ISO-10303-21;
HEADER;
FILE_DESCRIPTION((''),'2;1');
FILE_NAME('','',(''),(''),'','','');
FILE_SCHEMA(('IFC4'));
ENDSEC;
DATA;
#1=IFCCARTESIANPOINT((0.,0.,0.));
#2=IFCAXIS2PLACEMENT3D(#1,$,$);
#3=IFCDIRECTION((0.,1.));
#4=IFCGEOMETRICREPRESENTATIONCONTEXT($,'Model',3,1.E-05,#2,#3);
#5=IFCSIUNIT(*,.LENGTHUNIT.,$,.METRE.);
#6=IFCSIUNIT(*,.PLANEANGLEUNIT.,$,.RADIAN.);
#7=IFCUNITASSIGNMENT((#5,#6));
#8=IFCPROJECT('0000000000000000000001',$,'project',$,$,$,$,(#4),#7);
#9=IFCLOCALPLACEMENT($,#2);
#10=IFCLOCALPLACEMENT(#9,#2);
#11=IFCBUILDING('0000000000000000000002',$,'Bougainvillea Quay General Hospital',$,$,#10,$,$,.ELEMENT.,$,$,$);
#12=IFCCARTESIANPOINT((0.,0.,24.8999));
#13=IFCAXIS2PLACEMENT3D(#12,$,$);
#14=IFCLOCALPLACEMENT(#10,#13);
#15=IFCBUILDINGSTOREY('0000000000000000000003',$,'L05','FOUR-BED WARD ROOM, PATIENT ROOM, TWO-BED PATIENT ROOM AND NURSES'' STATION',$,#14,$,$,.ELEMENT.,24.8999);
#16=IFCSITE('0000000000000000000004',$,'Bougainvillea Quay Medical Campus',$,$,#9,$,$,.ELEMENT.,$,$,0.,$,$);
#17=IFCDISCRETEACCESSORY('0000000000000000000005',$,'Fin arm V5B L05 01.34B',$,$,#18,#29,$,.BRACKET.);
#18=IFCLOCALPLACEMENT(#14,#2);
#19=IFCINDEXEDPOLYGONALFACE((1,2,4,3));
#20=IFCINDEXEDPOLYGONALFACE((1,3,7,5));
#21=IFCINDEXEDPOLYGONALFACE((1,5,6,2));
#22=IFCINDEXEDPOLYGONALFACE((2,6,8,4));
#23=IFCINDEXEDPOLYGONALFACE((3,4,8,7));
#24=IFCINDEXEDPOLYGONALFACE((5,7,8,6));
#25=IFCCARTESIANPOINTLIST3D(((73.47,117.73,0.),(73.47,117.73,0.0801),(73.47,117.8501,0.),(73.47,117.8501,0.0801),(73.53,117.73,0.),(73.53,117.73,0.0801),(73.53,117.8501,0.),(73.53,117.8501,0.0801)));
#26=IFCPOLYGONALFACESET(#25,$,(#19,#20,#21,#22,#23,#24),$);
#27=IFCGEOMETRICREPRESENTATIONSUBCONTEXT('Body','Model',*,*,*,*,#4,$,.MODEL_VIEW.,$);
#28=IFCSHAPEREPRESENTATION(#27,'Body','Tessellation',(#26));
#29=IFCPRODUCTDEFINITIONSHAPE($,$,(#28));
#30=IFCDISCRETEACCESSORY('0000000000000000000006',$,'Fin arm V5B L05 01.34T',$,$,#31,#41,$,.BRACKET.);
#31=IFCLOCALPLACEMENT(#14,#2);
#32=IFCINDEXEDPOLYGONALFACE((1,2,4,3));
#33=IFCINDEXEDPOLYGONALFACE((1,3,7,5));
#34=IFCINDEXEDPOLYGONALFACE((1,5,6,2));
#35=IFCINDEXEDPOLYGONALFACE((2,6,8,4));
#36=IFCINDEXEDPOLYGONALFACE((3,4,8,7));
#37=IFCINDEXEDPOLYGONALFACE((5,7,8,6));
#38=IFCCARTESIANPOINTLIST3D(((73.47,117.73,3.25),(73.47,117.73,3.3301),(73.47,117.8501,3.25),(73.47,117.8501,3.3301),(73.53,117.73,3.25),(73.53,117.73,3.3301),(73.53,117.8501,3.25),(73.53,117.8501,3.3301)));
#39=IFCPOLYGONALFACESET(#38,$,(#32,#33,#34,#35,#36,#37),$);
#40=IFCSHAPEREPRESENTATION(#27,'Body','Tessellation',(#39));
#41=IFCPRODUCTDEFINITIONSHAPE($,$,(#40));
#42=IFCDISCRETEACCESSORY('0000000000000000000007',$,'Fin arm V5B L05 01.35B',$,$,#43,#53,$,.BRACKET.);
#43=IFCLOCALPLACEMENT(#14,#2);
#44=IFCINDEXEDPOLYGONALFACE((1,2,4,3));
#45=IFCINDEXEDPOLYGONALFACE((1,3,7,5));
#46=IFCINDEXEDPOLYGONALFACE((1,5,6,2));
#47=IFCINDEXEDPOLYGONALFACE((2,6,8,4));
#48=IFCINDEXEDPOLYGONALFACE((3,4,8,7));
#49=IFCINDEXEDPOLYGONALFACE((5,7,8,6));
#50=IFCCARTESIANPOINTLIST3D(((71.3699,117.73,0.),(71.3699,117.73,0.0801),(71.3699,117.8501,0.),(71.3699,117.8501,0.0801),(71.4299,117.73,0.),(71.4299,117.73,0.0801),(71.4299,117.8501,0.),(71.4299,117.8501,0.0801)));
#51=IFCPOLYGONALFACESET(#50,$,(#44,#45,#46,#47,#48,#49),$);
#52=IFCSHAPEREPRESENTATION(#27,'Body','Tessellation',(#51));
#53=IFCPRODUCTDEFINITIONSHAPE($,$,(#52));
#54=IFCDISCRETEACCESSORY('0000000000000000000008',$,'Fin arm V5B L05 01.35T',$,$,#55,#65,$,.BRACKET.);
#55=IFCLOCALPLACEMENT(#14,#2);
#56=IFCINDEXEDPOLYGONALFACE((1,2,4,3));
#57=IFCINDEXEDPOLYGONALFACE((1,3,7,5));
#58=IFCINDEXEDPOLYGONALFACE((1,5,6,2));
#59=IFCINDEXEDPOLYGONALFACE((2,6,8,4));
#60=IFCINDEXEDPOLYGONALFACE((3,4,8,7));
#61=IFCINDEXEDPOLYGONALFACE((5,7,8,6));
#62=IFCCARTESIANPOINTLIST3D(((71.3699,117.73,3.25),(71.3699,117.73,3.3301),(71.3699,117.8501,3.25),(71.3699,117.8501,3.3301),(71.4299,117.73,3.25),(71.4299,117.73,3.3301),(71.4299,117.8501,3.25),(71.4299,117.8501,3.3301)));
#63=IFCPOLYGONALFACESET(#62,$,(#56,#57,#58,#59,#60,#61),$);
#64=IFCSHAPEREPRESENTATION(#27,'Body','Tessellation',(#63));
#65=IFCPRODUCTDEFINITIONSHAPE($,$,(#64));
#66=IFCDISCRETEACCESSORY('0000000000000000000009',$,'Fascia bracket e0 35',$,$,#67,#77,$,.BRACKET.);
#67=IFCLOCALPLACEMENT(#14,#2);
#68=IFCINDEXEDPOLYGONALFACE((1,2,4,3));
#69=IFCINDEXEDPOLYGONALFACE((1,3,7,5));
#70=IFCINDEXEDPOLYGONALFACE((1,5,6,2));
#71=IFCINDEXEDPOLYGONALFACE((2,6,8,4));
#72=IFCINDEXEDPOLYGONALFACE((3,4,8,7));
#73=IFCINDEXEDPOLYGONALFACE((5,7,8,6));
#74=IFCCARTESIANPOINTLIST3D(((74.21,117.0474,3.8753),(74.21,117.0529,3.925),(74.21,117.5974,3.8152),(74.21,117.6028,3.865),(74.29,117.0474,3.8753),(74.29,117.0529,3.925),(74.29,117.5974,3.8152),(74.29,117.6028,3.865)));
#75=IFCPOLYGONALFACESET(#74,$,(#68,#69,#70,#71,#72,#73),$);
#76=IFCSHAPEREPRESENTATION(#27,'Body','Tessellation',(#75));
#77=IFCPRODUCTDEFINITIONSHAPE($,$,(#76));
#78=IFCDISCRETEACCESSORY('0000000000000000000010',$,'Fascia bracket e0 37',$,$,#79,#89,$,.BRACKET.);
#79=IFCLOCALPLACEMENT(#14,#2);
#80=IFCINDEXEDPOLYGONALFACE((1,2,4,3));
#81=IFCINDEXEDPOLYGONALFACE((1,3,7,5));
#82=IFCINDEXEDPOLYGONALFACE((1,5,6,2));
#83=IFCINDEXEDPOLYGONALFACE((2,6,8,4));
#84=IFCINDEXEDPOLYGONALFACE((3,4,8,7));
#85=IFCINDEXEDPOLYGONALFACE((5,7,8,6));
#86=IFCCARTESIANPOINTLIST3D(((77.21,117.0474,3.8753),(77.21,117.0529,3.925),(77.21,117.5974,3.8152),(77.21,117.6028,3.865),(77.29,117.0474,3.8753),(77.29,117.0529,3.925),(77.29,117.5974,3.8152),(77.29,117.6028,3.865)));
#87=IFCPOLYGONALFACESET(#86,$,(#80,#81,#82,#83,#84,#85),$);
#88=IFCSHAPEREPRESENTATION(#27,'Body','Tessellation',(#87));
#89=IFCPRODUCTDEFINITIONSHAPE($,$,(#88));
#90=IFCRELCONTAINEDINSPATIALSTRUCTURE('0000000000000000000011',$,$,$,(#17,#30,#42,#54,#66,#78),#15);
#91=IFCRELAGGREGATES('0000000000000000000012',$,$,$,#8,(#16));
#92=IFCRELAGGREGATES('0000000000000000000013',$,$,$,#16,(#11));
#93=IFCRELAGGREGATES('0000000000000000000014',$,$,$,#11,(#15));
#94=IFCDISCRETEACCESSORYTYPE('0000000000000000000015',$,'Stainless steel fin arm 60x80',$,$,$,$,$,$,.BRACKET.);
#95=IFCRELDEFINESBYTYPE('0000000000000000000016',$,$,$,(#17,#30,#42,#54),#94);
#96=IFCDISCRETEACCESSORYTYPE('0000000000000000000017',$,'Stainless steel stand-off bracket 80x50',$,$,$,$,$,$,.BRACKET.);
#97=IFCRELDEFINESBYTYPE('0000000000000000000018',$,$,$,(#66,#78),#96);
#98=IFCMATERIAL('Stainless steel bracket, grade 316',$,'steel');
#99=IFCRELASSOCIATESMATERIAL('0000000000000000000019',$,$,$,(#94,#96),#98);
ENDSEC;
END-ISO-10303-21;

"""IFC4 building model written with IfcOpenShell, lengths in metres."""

from ifc_helpers import new_model, si_unit, direction, frame, origin, origin_2d, place, context, subcontext, project, spatial, rectangle, extrude, material, material_profile, profile_set, type_object, element, save


model = new_model("IFC4")

# Units and contexts
model_context = context("Model", 3, precision=1e-05, world=origin(), true_north=direction((0.0, 1.0)))
body_context = subcontext(model_context, "Body", "Model", "MODEL_VIEW")
ifc_project = project(units=[si_unit("LENGTHUNIT", "METRE"), si_unit("PLANEANGLEUNIT", "RADIAN")], contexts=[model_context])

# Site, building, storey
site_placement = place(None, origin())
site = spatial("IfcSite", under=ifc_project, at=site_placement, Name="Bougainvillea Quay Medical Campus", CompositionType="ELEMENT", RefElevation=0.0)
building_placement = place(site_placement, origin())
building = spatial("IfcBuilding", under=site, at=building_placement, Name="Bougainvillea Quay General Hospital", CompositionType="ELEMENT")
storey_placement = place(building_placement, frame((0.0, 0.0, 24.8999)))
storey = spatial("IfcBuildingStorey", under=building, at=storey_placement, Name="L05", Description="FOUR-BED WARD ROOM, PATIENT ROOM, TWO-BED PATIENT ROOM AND NURSES' STATION", CompositionType="ELEMENT", Elevation=24.8999)

# Discrete accessories
ifc_material_1 = material(Name="Stainless steel bracket, grade 316", Category="steel")
discrete_accessory_type_1 = type_object("IfcDiscreteAccessoryType", Name="Stainless steel fin arm 60x80", PredefinedType="BRACKET", material=ifc_material_1)
for number, where, z_axis, x_axis, name in (
    (1, (73.5, 117.79, 0.0), (0.0, 0.0, 1.0), (0.0, -1.0, 0.0), "Fin arm V5B L05 01.34B"),
    (2, (73.5, 117.79, 3.25), (0.0, 0.0, 1.0), (0.0, -1.0, 0.0), "Fin arm V5B L05 01.34T"),
    (3, (71.3999, 117.79, 0.0), (0.0, 0.0, 1.0), (0.0, -1.0, 0.0), "Fin arm V5B L05 01.35B"),
    (4, (71.3999, 117.79, 3.25), (0.0, 0.0, 1.0), (0.0, -1.0, 0.0), "Fin arm V5B L05 01.35T"),
):
    element("IfcDiscreteAccessory", number, at=place(storey_placement, frame(where, z_axis=z_axis, x_axis=x_axis)), inside=storey, type_object=discrete_accessory_type_1, Name=name, PredefinedType="BRACKET", context=body_context, shape_type="SweptSolid", body=[
        extrude(rectangle(XDim=0.1201, YDim=0.0601, at=origin_2d()), origin(), (0.0, 0.0, 1.0), 0.0801),
    ])
ifc_material_profile_1 = material_profile(ifc_material_1, rectangle(XDim=0.0801, YDim=0.05, at=origin_2d()))
ifc_profile_set_1 = profile_set([ifc_material_profile_1], Name="Stainless steel bracket, grade 316")
discrete_accessory_type_2 = type_object("IfcDiscreteAccessoryType", Name="Stainless steel stand-off bracket 80x50", PredefinedType="BRACKET", material=ifc_profile_set_1)
for number, where, z_axis, x_axis, name in (
    (5, (74.25, 117.6001, 3.8401), (0.0, -0.994092, 0.108543), (1.0, 0.0, 0.0), "Fascia bracket e0 35"),
    (6, (77.25, 117.6001, 3.8401), (0.0, -0.994092, 0.108543), (1.0, 0.0, 0.0), "Fascia bracket e0 37"),
):
    element("IfcDiscreteAccessory", number, at=place(storey_placement, frame(where, z_axis=z_axis, x_axis=x_axis)), inside=storey, type_object=discrete_accessory_type_2, Name=name, PredefinedType="BRACKET", context=body_context, shape_type="SweptSolid", body=[
        extrude(rectangle(XDim=0.0801, YDim=0.05, at=origin_2d()), origin(), (0.0, 0.0, 1.0), 0.5532),
    ])

save(model, "model.ifc")
